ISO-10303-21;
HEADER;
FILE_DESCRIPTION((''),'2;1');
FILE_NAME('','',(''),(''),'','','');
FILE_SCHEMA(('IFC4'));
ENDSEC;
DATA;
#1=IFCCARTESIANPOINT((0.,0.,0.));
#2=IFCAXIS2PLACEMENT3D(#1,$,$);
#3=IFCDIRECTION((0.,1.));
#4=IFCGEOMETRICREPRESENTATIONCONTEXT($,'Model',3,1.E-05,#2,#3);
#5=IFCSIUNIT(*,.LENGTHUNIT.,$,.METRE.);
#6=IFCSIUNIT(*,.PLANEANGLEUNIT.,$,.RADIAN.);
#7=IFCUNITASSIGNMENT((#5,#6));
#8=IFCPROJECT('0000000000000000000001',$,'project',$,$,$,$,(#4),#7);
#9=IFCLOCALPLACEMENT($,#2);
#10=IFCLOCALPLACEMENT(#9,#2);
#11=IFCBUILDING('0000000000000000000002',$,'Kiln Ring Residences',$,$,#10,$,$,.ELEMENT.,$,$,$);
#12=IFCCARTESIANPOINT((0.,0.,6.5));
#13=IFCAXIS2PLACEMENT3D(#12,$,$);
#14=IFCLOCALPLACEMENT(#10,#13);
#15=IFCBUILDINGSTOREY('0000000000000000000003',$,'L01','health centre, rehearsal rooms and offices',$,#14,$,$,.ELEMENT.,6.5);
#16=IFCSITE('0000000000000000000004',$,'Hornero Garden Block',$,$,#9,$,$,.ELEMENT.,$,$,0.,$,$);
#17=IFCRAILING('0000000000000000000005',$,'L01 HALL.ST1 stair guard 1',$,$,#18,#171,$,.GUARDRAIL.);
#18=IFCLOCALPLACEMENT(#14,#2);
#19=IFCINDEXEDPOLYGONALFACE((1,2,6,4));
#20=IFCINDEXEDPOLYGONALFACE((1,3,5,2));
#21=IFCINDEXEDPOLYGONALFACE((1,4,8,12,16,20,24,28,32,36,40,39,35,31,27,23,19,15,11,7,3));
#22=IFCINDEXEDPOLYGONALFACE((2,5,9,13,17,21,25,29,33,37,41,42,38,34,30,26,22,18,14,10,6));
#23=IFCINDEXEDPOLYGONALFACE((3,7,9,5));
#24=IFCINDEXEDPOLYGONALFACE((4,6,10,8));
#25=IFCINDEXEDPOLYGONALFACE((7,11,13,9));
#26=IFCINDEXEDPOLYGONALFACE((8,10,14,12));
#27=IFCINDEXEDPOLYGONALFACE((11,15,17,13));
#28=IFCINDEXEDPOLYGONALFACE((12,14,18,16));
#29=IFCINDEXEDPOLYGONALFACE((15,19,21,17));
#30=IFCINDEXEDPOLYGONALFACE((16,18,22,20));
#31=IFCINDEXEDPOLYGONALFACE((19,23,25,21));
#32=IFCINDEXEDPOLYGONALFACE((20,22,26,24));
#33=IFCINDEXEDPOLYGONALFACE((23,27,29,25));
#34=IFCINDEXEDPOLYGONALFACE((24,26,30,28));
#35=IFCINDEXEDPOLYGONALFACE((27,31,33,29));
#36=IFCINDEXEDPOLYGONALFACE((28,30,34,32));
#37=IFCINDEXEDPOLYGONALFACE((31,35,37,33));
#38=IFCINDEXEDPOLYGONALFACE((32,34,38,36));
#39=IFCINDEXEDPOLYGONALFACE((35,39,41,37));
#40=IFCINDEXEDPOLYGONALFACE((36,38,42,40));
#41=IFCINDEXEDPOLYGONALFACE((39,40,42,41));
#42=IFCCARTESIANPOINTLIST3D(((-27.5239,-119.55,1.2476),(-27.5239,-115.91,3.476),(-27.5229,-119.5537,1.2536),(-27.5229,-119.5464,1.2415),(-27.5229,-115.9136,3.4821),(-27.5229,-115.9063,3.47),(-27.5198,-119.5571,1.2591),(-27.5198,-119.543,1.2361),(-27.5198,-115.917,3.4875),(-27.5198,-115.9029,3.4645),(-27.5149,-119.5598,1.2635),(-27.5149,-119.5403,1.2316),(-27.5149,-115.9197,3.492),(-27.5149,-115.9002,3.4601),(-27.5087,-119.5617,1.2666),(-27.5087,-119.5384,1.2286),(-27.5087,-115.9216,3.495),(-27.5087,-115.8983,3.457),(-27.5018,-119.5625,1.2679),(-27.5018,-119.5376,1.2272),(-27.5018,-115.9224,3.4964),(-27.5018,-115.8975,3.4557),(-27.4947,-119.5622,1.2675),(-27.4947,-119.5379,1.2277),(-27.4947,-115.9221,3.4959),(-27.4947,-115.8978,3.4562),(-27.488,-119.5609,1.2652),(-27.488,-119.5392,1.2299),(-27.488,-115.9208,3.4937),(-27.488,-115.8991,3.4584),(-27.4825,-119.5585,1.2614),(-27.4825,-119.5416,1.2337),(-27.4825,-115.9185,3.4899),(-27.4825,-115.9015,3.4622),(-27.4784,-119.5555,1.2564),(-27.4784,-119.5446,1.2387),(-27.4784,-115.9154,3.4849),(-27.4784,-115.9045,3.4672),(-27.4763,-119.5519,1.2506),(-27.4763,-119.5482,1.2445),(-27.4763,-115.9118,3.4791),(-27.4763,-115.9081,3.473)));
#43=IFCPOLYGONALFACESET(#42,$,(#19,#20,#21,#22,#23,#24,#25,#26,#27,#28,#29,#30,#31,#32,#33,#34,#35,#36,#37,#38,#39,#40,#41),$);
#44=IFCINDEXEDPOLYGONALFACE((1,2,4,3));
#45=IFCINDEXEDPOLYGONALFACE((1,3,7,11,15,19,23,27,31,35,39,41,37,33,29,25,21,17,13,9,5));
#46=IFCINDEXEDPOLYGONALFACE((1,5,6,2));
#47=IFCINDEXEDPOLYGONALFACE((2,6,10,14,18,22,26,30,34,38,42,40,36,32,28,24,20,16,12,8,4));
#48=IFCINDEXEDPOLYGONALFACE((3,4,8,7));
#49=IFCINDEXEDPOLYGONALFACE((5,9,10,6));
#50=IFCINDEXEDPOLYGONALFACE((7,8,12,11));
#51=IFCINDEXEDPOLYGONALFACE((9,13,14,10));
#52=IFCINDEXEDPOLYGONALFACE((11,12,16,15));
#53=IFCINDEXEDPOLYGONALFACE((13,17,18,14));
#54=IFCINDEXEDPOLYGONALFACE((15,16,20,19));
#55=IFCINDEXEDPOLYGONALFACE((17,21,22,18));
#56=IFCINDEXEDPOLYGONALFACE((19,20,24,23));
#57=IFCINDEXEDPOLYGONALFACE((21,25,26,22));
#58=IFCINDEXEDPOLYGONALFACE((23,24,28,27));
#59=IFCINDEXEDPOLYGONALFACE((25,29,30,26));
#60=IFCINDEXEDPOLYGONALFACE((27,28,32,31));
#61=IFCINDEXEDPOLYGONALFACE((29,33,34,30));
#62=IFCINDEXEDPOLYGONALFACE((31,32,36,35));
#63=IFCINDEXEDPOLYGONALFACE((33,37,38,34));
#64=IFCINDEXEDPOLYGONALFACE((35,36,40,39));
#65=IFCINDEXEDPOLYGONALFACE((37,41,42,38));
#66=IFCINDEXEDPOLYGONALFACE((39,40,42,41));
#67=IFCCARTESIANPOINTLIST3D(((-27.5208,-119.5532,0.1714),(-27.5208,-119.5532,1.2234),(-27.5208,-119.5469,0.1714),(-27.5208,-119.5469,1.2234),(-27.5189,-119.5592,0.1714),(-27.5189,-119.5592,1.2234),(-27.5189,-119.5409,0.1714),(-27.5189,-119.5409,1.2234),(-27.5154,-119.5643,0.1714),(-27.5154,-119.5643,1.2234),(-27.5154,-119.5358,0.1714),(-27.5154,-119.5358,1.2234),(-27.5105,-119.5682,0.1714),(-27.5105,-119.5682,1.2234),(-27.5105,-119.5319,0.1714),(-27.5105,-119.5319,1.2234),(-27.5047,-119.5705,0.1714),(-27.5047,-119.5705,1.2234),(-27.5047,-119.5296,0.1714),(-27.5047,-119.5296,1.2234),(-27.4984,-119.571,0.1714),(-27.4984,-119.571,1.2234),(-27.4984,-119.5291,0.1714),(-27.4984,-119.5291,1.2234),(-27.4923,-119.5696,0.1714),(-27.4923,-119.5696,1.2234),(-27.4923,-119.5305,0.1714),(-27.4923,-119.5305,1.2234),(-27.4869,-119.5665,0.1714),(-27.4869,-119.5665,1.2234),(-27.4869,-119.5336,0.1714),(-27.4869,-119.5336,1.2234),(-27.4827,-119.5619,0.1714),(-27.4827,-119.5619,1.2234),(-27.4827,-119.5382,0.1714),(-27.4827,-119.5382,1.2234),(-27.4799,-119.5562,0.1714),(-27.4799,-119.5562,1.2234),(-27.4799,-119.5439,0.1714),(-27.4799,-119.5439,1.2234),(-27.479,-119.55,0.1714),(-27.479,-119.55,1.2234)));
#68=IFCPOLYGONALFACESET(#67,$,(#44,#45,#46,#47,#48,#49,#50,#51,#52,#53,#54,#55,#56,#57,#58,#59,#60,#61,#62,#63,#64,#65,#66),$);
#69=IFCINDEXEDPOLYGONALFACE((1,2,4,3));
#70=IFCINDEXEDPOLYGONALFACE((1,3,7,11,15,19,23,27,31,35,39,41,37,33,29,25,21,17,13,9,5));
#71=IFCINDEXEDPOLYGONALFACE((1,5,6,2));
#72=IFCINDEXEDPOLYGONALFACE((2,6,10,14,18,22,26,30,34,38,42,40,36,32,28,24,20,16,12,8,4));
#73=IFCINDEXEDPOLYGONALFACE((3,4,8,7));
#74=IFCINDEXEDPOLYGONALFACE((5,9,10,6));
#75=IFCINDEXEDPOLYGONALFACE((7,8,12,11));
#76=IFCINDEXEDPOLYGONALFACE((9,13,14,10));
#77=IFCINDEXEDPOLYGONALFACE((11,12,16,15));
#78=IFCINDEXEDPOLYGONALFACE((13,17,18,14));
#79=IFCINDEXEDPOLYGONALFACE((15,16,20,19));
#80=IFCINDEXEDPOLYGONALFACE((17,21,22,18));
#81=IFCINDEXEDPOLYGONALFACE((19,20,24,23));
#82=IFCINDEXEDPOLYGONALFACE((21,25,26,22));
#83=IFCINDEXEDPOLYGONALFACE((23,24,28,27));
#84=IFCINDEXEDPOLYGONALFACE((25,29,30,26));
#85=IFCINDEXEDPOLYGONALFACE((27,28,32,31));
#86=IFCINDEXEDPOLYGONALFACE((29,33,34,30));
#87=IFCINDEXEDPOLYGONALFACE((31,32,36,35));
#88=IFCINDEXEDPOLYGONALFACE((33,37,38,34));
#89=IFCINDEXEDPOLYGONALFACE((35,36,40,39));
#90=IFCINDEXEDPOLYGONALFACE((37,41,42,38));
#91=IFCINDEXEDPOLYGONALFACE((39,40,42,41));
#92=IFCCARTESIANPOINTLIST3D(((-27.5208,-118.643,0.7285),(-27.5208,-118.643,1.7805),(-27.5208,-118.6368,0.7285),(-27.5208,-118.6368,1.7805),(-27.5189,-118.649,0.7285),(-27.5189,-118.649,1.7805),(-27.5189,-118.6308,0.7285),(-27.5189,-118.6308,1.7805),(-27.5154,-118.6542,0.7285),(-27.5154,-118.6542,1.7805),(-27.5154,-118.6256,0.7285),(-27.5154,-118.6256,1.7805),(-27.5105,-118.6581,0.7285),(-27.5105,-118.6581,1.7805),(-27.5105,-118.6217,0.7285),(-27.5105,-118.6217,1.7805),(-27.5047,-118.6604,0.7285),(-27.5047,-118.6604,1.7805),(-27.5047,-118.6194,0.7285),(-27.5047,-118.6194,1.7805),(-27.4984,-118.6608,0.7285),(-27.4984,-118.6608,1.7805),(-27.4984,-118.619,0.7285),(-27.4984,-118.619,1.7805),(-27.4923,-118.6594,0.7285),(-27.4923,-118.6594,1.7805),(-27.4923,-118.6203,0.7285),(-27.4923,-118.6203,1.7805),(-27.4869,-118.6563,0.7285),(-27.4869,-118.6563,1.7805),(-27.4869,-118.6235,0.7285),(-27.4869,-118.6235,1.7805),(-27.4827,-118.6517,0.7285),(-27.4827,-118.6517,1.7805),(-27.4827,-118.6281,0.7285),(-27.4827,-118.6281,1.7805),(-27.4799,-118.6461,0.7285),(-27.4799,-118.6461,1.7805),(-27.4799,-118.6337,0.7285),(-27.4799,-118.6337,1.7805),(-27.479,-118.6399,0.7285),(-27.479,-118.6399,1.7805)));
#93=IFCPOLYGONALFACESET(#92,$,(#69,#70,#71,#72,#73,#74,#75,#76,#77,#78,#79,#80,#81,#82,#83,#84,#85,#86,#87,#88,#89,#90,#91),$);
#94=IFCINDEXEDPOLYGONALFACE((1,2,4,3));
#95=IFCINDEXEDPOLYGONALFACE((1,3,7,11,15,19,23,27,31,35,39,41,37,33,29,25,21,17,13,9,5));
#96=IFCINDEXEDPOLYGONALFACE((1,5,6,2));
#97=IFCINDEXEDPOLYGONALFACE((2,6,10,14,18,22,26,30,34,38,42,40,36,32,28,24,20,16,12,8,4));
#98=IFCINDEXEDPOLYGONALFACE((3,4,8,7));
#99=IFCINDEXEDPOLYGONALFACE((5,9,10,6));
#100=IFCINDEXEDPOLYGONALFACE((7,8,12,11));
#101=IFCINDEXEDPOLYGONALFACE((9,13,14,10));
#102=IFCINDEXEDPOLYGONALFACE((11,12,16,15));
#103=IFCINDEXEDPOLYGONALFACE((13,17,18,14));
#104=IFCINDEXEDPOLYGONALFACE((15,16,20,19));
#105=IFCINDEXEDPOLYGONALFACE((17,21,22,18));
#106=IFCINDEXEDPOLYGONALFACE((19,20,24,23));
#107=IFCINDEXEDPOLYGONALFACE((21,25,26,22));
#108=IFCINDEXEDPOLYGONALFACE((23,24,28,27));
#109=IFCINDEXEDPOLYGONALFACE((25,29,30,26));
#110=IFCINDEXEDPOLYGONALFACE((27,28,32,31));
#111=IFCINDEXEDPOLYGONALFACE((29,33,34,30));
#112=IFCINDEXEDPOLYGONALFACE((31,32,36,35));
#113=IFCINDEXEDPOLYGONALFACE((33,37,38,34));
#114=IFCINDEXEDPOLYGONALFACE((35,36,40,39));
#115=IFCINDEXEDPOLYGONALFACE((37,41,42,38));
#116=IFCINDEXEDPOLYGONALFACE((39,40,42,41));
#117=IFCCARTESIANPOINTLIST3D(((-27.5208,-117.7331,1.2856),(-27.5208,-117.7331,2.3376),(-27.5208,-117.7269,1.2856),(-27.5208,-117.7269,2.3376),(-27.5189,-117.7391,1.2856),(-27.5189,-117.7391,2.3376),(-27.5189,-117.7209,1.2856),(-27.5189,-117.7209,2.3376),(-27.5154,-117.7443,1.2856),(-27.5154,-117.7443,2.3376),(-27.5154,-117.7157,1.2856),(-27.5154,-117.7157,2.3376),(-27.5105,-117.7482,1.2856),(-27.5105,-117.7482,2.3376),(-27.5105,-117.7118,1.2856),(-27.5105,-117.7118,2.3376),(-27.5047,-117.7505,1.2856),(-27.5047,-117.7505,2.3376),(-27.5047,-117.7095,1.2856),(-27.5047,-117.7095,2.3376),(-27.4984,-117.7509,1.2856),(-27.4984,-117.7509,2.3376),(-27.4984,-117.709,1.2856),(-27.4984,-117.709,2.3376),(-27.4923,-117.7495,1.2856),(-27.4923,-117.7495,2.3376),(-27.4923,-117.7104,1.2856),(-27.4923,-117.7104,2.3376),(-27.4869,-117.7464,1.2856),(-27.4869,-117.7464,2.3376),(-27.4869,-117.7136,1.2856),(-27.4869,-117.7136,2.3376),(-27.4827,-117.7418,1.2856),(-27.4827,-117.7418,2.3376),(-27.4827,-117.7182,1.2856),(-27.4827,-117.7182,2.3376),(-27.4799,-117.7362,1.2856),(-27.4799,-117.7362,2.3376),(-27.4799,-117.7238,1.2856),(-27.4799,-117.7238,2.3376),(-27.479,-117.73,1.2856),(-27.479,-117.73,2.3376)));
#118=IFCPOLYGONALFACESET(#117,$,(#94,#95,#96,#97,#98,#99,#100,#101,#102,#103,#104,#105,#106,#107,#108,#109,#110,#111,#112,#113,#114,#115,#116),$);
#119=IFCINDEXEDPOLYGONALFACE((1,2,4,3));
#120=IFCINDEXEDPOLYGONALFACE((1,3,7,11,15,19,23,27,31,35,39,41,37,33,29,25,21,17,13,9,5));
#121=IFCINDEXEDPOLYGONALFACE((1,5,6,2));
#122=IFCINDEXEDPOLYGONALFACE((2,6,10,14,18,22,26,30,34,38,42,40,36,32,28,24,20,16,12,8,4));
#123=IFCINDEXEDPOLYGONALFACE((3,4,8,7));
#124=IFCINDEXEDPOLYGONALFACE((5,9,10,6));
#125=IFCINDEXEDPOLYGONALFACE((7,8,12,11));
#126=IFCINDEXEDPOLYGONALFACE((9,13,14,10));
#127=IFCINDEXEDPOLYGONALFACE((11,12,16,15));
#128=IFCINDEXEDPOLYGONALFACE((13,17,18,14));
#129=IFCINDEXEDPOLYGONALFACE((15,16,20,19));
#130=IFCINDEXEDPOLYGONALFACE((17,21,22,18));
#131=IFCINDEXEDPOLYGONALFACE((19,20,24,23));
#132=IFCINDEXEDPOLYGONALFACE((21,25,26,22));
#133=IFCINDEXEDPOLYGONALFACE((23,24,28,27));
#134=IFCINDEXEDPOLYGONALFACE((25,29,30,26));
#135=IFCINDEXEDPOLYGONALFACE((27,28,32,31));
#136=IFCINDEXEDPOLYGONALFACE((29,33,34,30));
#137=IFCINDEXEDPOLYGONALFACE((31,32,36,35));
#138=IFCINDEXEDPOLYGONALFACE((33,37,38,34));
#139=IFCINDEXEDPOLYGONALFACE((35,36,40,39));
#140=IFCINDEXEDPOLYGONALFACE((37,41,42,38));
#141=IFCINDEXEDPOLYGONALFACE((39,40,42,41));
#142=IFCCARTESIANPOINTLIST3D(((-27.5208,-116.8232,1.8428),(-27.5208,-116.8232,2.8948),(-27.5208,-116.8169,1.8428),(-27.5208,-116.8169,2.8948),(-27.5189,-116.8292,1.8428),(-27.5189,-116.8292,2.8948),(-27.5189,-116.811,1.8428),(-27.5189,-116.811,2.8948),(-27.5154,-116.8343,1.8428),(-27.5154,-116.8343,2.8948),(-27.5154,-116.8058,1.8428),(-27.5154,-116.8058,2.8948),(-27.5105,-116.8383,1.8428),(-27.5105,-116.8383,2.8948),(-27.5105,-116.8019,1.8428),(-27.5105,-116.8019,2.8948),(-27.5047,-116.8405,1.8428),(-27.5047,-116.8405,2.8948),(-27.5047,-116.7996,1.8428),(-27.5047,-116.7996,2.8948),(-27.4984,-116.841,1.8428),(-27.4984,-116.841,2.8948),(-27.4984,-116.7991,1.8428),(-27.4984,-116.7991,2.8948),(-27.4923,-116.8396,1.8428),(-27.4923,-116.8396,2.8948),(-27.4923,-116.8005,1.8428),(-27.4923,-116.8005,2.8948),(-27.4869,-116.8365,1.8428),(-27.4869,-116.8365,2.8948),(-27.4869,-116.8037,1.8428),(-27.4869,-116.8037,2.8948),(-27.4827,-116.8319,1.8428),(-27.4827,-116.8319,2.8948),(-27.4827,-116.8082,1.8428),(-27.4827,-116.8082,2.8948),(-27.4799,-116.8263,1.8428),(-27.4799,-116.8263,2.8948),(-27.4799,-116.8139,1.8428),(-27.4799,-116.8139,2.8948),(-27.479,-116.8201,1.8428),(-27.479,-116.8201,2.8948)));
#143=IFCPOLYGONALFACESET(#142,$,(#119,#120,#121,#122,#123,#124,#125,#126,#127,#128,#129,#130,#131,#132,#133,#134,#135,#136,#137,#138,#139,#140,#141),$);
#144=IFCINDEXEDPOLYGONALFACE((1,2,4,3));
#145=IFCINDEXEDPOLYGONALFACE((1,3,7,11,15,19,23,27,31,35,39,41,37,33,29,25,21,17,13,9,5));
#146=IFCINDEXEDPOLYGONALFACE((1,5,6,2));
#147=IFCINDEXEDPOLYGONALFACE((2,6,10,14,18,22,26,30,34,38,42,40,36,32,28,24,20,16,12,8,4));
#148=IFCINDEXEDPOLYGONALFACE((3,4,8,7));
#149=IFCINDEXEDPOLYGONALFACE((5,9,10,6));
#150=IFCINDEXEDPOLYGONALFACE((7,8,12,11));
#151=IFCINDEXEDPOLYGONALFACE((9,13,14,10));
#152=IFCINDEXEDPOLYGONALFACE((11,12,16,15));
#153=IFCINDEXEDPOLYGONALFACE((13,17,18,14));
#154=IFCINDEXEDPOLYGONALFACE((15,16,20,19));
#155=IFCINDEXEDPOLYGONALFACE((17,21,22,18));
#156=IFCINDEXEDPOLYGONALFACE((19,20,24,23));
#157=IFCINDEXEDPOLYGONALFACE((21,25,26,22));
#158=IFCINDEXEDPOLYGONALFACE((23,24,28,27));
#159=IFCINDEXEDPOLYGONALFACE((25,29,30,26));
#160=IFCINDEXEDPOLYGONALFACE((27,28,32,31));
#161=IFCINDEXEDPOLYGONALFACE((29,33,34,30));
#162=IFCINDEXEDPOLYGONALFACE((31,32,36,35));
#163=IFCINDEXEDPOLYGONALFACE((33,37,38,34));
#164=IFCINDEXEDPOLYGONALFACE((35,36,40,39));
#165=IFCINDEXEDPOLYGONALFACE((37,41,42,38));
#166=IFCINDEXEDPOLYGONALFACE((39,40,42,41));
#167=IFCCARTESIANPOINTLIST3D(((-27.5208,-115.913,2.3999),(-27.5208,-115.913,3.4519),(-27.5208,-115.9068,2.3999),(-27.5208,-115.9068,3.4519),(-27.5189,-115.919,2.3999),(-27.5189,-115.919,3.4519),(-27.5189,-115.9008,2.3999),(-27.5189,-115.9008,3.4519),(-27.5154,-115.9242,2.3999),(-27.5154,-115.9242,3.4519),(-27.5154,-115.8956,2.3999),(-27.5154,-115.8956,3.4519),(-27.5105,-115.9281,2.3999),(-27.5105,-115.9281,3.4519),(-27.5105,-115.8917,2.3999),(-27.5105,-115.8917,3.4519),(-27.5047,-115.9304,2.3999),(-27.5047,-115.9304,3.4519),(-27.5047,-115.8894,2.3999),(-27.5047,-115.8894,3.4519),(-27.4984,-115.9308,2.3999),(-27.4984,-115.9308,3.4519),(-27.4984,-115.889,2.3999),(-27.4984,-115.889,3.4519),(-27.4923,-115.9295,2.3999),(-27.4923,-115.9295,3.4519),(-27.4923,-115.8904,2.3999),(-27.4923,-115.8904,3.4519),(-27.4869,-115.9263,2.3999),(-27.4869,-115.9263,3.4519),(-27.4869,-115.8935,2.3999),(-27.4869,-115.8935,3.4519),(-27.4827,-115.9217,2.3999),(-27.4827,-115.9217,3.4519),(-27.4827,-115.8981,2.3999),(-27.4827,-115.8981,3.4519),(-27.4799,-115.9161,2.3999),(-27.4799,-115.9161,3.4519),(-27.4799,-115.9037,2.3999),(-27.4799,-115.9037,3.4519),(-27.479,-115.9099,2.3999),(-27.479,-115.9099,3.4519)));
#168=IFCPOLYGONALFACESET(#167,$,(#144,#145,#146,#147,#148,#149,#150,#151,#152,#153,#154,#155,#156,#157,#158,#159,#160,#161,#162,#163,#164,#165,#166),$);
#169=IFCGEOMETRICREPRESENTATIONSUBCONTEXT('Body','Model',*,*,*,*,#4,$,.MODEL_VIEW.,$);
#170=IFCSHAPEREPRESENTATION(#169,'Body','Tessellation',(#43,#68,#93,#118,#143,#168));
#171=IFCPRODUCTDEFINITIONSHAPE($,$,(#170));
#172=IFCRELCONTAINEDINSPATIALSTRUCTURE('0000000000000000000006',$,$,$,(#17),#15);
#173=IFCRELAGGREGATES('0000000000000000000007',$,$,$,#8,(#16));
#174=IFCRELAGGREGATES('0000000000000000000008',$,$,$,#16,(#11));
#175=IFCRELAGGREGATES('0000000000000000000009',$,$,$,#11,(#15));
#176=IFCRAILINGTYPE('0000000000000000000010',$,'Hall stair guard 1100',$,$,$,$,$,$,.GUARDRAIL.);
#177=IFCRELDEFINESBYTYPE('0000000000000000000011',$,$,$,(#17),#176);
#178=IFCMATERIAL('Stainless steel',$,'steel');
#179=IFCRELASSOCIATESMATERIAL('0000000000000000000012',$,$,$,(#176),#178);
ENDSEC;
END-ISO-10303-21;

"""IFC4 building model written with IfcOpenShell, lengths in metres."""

from ifc_helpers import new_model, si_unit, direction, frame, origin, origin_2d, place, context, subcontext, project, spatial, circle, extrude, material, type_object, element, save


model = new_model("IFC4")

# Units and contexts
model_context = context("Model", 3, precision=1e-05, world=origin(), true_north=direction((0.0, 1.0)))
body_context = subcontext(model_context, "Body", "Model", "MODEL_VIEW")
ifc_project = project(units=[si_unit("LENGTHUNIT", "METRE"), si_unit("PLANEANGLEUNIT", "RADIAN")], contexts=[model_context])

# Site, building, storey
site_placement = place(None, origin())
site = spatial("IfcSite", under=ifc_project, at=site_placement, Name="Hornero Garden Block", CompositionType="ELEMENT", RefElevation=0.0)
building_placement = place(site_placement, origin())
building = spatial("IfcBuilding", under=site, at=building_placement, Name="Kiln Ring Residences", CompositionType="ELEMENT")
storey_placement = place(building_placement, frame((0.0, 0.0, 6.5)))
storey = spatial("IfcBuildingStorey", under=building, at=storey_placement, Name="L01", Description="health centre, rehearsal rooms and offices", CompositionType="ELEMENT", Elevation=6.5)

# Railing
ifc_material_1 = material(Name="Stainless steel", Category="steel")
railing_type_1 = type_object("IfcRailingType", Name="Hall stair guard 1100", PredefinedType="GUARDRAIL", material=ifc_material_1)
railing_1_placement = place(storey_placement, frame((-27.5, -119.55, 0.1714)))
element("IfcRailing", 1, at=railing_1_placement, inside=storey, type_object=railing_type_1, Name="L01 HALL.ST1 stair guard 1", PredefinedType="GUARDRAIL", context=body_context, shape_type="SweptSolid", body=[
    extrude(circle(Radius=0.0239, at=origin_2d()), frame((0.0, 0.0, 1.0762), z_axis=(0.0, 0.852866, 0.52213), x_axis=(-1.0, 0.0, 0.0)), (0.0, 0.0, 1.0), 4.2681),
    extrude(circle(Radius=0.021, at=origin_2d()), origin(), (0.0, 0.0, 1.0), 1.052),
    extrude(circle(Radius=0.021, at=origin_2d()), frame((0.0, 0.9102, 0.5571)), (0.0, 0.0, 1.0), 1.052),
    extrude(circle(Radius=0.021, at=origin_2d()), frame((0.0, 1.8201, 1.1143)), (0.0, 0.0, 1.0), 1.052),
    extrude(circle(Radius=0.021, at=origin_2d()), frame((0.0, 2.73, 1.6714)), (0.0, 0.0, 1.0), 1.052),
    extrude(circle(Radius=0.021, at=origin_2d()), frame((0.0, 3.6401, 2.2285)), (0.0, 0.0, 1.0), 1.052),
])

save(model, "model.ifc")
